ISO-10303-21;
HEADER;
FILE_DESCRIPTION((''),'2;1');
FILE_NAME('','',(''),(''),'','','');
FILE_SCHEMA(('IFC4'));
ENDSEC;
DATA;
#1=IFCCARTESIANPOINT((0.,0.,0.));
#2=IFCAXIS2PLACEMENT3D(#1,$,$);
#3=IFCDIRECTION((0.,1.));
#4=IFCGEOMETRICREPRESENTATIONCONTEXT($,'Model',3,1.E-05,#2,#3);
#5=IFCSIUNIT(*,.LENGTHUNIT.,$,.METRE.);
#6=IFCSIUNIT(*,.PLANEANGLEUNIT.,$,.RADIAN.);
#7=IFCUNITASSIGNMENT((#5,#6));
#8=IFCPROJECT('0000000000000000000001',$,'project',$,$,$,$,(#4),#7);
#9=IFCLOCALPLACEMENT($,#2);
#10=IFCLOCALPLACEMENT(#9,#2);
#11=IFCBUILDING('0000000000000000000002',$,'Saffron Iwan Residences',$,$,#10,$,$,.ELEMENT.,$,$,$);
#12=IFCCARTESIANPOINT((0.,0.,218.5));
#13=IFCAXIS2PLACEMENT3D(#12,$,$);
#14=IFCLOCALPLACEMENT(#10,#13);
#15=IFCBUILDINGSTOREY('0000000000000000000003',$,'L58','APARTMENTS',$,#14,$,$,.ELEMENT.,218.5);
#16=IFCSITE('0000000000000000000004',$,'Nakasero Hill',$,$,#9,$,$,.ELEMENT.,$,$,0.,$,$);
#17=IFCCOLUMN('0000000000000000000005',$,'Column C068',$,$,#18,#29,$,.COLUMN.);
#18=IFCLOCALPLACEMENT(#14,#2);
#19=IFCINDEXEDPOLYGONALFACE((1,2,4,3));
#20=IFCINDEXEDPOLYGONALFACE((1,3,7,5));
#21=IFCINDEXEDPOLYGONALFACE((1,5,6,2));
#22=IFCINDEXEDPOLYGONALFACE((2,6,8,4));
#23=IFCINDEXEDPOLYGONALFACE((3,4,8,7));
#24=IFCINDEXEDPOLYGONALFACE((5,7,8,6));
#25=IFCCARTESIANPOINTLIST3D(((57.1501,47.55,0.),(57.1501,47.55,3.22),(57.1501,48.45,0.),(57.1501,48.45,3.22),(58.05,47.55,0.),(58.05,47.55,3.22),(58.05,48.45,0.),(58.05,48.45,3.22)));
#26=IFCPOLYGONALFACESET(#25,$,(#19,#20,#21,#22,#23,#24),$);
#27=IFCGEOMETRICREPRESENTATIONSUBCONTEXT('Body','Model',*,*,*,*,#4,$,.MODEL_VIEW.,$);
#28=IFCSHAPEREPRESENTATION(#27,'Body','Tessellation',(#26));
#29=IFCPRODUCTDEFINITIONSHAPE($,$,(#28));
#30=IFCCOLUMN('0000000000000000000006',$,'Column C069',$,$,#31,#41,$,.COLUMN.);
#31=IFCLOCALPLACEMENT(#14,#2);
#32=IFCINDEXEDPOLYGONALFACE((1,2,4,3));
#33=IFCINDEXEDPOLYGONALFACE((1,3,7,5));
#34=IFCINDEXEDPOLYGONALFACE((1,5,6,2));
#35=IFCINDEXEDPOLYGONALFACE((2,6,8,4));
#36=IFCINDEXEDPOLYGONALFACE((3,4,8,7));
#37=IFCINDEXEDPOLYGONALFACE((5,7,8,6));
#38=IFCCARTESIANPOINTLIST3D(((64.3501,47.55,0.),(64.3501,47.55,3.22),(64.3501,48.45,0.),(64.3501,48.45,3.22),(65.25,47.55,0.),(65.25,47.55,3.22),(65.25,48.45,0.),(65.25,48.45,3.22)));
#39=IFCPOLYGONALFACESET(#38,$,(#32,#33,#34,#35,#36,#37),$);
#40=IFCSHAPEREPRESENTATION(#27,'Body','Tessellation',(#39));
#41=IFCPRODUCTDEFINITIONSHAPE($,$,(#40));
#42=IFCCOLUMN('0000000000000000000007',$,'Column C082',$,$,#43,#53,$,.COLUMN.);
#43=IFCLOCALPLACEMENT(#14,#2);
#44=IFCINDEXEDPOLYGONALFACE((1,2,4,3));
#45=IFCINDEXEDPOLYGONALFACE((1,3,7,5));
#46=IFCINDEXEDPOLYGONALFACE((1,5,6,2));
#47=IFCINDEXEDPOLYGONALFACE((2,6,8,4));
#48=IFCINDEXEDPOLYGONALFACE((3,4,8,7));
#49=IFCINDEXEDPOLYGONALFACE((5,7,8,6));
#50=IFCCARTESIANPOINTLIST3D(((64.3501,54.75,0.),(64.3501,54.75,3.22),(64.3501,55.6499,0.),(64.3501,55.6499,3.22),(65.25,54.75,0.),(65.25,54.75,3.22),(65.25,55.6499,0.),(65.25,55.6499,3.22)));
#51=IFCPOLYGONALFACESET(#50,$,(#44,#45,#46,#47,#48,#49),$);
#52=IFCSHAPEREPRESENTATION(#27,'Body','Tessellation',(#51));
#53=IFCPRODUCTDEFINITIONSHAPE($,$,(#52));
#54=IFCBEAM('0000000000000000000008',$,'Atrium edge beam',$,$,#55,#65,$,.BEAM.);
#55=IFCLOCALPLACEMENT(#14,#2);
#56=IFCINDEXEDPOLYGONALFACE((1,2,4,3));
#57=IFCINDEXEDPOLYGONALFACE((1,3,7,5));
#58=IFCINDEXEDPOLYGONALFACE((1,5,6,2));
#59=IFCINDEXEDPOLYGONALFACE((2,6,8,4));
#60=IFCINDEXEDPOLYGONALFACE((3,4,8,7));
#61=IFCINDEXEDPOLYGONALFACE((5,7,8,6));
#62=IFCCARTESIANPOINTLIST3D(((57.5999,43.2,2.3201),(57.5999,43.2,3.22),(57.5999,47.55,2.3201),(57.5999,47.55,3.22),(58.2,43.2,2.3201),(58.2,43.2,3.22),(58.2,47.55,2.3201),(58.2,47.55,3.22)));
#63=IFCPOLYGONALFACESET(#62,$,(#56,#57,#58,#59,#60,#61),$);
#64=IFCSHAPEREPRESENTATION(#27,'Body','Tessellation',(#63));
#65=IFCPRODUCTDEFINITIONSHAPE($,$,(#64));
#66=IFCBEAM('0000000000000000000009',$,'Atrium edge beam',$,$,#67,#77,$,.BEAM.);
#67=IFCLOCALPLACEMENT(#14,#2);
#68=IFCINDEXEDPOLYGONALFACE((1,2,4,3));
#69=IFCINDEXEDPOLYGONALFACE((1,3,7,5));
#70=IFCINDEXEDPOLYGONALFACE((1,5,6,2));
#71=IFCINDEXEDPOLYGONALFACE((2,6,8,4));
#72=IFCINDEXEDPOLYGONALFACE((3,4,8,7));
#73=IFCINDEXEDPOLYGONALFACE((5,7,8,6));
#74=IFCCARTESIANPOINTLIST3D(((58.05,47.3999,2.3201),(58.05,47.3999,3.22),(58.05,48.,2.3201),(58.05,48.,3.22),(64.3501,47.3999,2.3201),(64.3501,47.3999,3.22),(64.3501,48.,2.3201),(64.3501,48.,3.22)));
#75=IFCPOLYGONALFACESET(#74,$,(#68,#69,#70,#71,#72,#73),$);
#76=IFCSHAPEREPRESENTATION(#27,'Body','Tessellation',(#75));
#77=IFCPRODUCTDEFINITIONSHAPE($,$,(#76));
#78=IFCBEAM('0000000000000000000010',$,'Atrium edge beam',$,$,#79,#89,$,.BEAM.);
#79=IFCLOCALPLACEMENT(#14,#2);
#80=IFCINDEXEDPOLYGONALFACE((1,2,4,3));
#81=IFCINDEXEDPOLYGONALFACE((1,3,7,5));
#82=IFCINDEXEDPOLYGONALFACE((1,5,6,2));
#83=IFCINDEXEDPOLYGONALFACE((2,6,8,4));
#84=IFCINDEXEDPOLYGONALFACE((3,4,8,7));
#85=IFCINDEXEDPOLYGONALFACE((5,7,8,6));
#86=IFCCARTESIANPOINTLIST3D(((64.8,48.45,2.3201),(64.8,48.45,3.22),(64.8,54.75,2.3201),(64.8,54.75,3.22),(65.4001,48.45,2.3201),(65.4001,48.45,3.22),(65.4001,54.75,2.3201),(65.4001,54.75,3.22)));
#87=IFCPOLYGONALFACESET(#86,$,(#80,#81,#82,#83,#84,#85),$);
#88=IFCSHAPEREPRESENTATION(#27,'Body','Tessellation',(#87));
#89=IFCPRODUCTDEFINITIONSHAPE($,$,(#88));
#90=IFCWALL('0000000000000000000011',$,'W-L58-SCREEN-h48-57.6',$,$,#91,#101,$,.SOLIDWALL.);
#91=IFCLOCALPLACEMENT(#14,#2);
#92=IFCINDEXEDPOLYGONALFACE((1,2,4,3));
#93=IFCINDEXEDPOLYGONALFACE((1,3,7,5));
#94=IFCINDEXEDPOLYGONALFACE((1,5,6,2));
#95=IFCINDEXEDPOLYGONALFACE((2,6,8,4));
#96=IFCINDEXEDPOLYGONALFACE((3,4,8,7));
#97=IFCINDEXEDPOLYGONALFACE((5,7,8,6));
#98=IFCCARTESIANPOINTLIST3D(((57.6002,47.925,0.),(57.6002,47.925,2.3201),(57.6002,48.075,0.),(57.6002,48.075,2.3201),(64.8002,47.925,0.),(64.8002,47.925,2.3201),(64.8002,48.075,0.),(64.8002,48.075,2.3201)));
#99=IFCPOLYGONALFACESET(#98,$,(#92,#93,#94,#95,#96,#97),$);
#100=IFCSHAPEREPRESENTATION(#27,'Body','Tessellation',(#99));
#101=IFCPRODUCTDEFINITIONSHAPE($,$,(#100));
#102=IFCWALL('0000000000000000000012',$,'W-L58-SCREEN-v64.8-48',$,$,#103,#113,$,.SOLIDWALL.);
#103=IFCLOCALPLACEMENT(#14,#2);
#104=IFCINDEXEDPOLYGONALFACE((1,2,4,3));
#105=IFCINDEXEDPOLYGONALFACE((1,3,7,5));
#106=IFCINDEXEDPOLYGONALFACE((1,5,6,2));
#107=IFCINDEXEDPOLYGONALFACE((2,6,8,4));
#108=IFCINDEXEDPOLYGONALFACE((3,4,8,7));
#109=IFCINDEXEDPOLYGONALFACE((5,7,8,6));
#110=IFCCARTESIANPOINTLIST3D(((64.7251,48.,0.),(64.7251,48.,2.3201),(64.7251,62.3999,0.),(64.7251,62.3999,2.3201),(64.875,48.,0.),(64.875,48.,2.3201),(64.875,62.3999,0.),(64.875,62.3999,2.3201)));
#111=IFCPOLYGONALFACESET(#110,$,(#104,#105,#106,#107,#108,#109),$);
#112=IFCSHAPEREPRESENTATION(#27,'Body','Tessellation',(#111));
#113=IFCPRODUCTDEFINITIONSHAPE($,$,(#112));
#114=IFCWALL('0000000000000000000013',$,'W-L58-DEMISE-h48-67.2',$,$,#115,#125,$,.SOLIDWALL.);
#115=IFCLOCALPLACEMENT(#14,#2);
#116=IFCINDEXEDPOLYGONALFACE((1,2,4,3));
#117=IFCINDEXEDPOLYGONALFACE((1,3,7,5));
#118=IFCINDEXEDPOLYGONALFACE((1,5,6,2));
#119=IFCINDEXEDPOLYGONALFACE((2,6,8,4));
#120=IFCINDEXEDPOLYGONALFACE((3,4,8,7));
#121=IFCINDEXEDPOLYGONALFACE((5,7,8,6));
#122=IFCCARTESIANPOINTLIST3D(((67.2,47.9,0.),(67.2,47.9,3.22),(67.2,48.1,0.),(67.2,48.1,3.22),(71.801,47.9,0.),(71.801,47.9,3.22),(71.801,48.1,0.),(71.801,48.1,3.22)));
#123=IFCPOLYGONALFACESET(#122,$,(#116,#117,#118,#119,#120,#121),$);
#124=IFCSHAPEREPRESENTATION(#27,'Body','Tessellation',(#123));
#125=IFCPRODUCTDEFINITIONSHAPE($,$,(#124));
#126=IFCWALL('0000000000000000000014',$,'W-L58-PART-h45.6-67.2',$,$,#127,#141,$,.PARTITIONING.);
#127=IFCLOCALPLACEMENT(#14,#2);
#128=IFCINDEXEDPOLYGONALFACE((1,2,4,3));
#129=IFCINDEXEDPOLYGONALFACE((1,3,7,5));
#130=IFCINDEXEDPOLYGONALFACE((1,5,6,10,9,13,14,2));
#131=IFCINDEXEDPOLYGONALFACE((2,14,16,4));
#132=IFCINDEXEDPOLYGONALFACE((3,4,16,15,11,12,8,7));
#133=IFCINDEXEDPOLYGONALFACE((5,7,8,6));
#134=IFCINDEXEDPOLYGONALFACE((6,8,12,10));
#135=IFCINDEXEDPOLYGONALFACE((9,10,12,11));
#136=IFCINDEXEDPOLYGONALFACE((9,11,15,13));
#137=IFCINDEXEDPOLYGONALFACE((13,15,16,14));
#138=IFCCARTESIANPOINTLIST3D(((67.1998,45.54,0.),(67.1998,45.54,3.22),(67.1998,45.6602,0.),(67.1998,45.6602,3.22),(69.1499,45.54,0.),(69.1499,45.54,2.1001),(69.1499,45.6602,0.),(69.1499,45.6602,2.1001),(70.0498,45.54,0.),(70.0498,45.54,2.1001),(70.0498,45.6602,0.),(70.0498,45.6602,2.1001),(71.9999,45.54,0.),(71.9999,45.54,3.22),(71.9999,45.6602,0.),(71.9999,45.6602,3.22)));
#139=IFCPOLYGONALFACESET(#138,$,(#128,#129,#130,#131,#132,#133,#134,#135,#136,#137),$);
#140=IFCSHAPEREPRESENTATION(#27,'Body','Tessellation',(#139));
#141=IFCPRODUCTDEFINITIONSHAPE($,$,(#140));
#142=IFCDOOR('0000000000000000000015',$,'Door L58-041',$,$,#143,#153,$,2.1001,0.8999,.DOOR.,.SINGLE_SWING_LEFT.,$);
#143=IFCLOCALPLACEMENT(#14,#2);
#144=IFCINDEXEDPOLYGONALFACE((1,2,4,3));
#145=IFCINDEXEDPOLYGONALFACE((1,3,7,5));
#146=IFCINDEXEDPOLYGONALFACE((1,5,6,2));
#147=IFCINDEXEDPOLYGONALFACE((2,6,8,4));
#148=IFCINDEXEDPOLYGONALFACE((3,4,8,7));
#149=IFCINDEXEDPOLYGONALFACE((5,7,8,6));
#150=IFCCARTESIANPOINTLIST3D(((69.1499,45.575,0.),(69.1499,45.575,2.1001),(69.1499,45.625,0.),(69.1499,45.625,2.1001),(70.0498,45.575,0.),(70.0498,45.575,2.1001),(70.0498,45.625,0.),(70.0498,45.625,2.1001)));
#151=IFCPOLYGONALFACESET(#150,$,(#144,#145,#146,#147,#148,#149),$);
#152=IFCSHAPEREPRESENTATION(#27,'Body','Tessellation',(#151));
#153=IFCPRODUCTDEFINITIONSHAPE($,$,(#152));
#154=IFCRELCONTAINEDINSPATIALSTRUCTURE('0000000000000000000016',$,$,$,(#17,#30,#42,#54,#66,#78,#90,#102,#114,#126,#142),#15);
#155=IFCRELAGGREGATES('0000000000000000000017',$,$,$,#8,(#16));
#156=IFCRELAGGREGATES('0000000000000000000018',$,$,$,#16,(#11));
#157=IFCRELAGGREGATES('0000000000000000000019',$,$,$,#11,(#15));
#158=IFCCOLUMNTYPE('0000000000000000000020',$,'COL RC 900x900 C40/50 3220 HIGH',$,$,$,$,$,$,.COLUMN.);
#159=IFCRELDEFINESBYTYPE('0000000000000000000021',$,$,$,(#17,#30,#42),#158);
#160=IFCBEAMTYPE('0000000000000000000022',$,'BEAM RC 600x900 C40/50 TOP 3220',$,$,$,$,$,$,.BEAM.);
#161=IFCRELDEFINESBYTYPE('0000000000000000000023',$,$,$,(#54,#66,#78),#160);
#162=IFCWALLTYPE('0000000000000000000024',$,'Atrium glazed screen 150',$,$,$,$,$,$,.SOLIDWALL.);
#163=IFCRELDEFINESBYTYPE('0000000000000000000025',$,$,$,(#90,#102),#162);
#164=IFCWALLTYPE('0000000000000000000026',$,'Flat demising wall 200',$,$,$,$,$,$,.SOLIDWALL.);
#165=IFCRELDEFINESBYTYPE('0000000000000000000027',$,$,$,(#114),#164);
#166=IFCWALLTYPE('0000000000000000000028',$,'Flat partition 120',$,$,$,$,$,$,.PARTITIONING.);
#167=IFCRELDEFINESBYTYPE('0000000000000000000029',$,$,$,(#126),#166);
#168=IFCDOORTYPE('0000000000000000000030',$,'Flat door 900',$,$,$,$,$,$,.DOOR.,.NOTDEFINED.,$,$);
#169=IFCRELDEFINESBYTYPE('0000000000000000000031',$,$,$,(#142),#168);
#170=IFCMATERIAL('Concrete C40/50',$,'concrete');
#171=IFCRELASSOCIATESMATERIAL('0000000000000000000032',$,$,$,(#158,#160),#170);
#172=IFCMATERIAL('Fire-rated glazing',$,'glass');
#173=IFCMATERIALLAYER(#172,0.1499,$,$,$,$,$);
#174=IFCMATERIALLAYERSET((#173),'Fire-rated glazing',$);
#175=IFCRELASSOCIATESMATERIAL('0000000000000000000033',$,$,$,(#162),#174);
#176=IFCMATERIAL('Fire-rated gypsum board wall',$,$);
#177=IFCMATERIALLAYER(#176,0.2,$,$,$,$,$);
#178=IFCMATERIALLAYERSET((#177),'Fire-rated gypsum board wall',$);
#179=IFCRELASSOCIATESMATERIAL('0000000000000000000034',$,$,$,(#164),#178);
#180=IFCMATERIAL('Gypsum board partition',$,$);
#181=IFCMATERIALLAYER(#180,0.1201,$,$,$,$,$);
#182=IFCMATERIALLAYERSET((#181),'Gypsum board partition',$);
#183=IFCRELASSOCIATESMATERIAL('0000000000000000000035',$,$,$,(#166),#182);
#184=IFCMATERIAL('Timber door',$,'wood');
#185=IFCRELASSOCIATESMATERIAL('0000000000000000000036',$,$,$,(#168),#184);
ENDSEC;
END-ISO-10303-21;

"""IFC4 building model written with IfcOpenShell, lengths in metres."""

from ifc_helpers import new_model, si_unit, direction, frame, frame_2d, origin, origin_2d, place, context, subcontext, project, spatial, rectangle, extrude, source, transform, mapped, material, layer, layer_set, material_profile, profile_set, type_object, element, fill, save


model = new_model("IFC4")

# Units and contexts
model_context = context("Model", 3, precision=1e-05, world=origin(), true_north=direction((0.0, 1.0)))
body_context = subcontext(model_context, "Body", "Model", "MODEL_VIEW")
ifc_project = project(units=[si_unit("LENGTHUNIT", "METRE"), si_unit("PLANEANGLEUNIT", "RADIAN")], contexts=[model_context])

# Site, building, storey
site_placement = place(None, origin())
site = spatial("IfcSite", under=ifc_project, at=site_placement, Name="Nakasero Hill", CompositionType="ELEMENT", RefElevation=0.0)
building_placement = place(site_placement, origin())
building = spatial("IfcBuilding", under=site, at=building_placement, Name="Saffron Iwan Residences", CompositionType="ELEMENT")
storey_placement = place(building_placement, frame((0.0, 0.0, 218.5)))
storey = spatial("IfcBuildingStorey", under=building, at=storey_placement, Name="L58", Description="APARTMENTS", CompositionType="ELEMENT", Elevation=218.5)

# Columns
ifc_material_1 = material(Name="Concrete C40/50", Category="concrete")
ifc_material_profile_1 = material_profile(ifc_material_1, rectangle(XDim=0.8999, YDim=0.8999, at=origin_2d()), Name="RC 900x900")
ifc_profile_set_1 = profile_set([ifc_material_profile_1], Name="Concrete C40/50")
column_type = type_object("IfcColumnType", Name="COL RC 900x900 C40/50 3220 HIGH", PredefinedType="COLUMN", material=ifc_profile_set_1)
shared_shape_1 = source(origin(), body_context, "Body", "SweptSolid", [
    extrude(rectangle(XDim=0.8999, YDim=0.8999, at=origin_2d()), origin(), (0.0, 0.0, 1.0), 3.22),
])
for number, where, z_axis, x_axis, name in (
    (1, (57.6001, 48.0, 0.0), (0.0, 0.0, 1.0), (1.0, 0.0, 0.0), "Column C068"),
    (2, (64.8, 48.0, 0.0), (0.0, 0.0, 1.0), (1.0, 0.0, 0.0), "Column C069"),
    (3, (64.8, 55.2, 0.0), (0.0, 0.0, 1.0), (1.0, 0.0, 0.0), "Column C082"),
):
    element("IfcColumn", number, at=place(storey_placement, frame(where, z_axis=z_axis, x_axis=x_axis)), inside=storey, type_object=column_type, Name=name, PredefinedType="COLUMN", context=body_context, shape_type="MappedRepresentation", body=[
        mapped(shared_shape_1, transform((0.0, 0.0, 0.0))),
    ])

# Beams
ifc_material_profile_2 = material_profile(ifc_material_1, rectangle(XDim=0.6001, YDim=0.8999, at=origin_2d()), Name="RC 600x900")
ifc_profile_set_2 = profile_set([ifc_material_profile_2], Name="Concrete C40/50")
beam_type = type_object("IfcBeamType", Name="BEAM RC 600x900 C40/50 TOP 3220", PredefinedType="BEAM", material=ifc_profile_set_2)
shared_shape_2 = source(origin(), body_context, "Body", "SweptSolid", [
    extrude(rectangle(XDim=0.6001, YDim=0.8999, at=origin_2d()), origin(), (0.0, 0.0, 1.0), 4.3501),
])
beam_placement = place(storey_placement, frame((57.8999, 47.55, 2.77), z_axis=(0.0, -1.0, 0.0), x_axis=(1.0, 0.0, 0.0)))
element("IfcBeam", 4, at=beam_placement, inside=storey, type_object=beam_type, Name="Atrium edge beam", PredefinedType="BEAM", context=body_context, shape_type="MappedRepresentation", body=[
    mapped(shared_shape_2, transform((0.0, 0.0, 0.0))),
])
shared_shape_3 = source(origin(), body_context, "Body", "SweptSolid", [
    extrude(rectangle(XDim=0.6001, YDim=0.8999, at=origin_2d()), origin(), (0.0, 0.0, 1.0), 6.3),
])
for number, where, z_axis, x_axis, name in (
    (5, (64.3501, 47.7, 2.77), (-1.0, 0.0, 0.0), (0.0, -1.0, 0.0), "Atrium edge beam"),
    (6, (65.1001, 54.75, 2.77), (0.0, -1.0, 0.0), (1.0, 0.0, 0.0), "Atrium edge beam"),
):
    element("IfcBeam", number, at=place(storey_placement, frame(where, z_axis=z_axis, x_axis=x_axis)), inside=storey, type_object=beam_type, Name=name, PredefinedType="BEAM", context=body_context, shape_type="MappedRepresentation", body=[
        mapped(shared_shape_3, transform((0.0, 0.0, 0.0))),
    ])

# Walls
ifc_material_2 = material(Name="Fire-rated glazing", Category="glass")
ifc_layer_1 = layer(ifc_material_2, 0.1499)
ifc_layer_set_1 = layer_set([ifc_layer_1], Name="Fire-rated glazing")
wall_type_1 = type_object("IfcWallType", Name="Atrium glazed screen 150", PredefinedType="SOLIDWALL", material=ifc_layer_set_1)
wall_1_placement = place(storey_placement, frame((57.6001, 48.0, 0.0), z_axis=(0.0, 0.0, 1.0), x_axis=(1.0, 0.0, 0.0)))
element("IfcWall", 7, at=wall_1_placement, inside=storey, type_object=wall_type_1, Name="W-L58-SCREEN-h48-57.6", PredefinedType="SOLIDWALL", context=body_context, shape_type="SweptSolid", body=[
    extrude(rectangle(XDim=7.2, YDim=0.1499, at=frame_2d((3.6001, 0.0))), origin(), (0.0, 0.0, 1.0), 2.3201),
])
wall_2_placement = place(storey_placement, frame((64.8, 48.0, 0.0), z_axis=(0.0, 0.0, 1.0), x_axis=(0.0, 1.0, 0.0)))
element("IfcWall", 8, at=wall_2_placement, inside=storey, type_object=wall_type_1, Name="W-L58-SCREEN-v64.8-48", PredefinedType="SOLIDWALL", context=body_context, shape_type="SweptSolid", body=[
    extrude(rectangle(XDim=14.3999, YDim=0.1499, at=frame_2d((7.2, 0.0))), origin(), (0.0, 0.0, 1.0), 2.3201),
])
ifc_material_3 = material(Name="Fire-rated gypsum board wall")
ifc_layer_2 = layer(ifc_material_3, 0.2)
ifc_layer_set_2 = layer_set([ifc_layer_2], Name="Fire-rated gypsum board wall")
wall_type_2 = type_object("IfcWallType", Name="Flat demising wall 200", PredefinedType="SOLIDWALL", material=ifc_layer_set_2)
wall_3_placement = place(storey_placement, frame((67.2, 48.0, 0.0), z_axis=(0.0, 0.0, 1.0), x_axis=(1.0, 0.0, 0.0)))
element("IfcWall", 9, at=wall_3_placement, inside=storey, type_object=wall_type_2, Name="W-L58-DEMISE-h48-67.2", PredefinedType="SOLIDWALL", context=body_context, shape_type="SweptSolid", body=[
    extrude(rectangle(XDim=4.6011, YDim=0.2, at=frame_2d((2.3005, 0.0))), origin(), (0.0, 0.0, 1.0), 3.22),
])

# Wall, opening, door
ifc_material_4 = material(Name="Gypsum board partition")
ifc_layer_3 = layer(ifc_material_4, 0.1201)
ifc_layer_set_3 = layer_set([ifc_layer_3], Name="Gypsum board partition")
wall_type_3 = type_object("IfcWallType", Name="Flat partition 120", PredefinedType="PARTITIONING", material=ifc_layer_set_3)
wall_4_placement = place(storey_placement, frame((67.2, 45.6001, 0.0), z_axis=(0.0, 0.0, 1.0), x_axis=(1.0, 0.0, 0.0)))
wall_4 = element("IfcWall", 10, at=wall_4_placement, inside=storey, type_object=wall_type_3, Name="W-L58-PART-h45.6-67.2", PredefinedType="PARTITIONING", context=body_context, shape_type="SweptSolid", body=[
    extrude(rectangle(XDim=4.8, YDim=0.1201, at=frame_2d((2.3999, 0.0))), origin(), (0.0, 0.0, 1.0), 3.22),
])
opening_1_placement = place(wall_4_placement, frame((1.95, 0.0, 0.0)))
opening_1 = element("IfcOpeningElement", 11, at=opening_1_placement, cuts=wall_4, PredefinedType="OPENING", context=body_context, shape_type="SweptSolid", body=[
    extrude(rectangle(XDim=0.8999, YDim=2.1001, at=frame_2d((0.45, 1.05))), frame((0.0, 0.0701, 0.0), z_axis=(0.0, -1.0, 0.0), x_axis=(1.0, 0.0, 0.0)), (0.0, 0.0, 1.0), 0.1401),
])
ifc_material_5 = material(Name="Timber door", Category="wood")
door_type_1 = type_object("IfcDoorType", Name="Flat door 900", OperationType="NOTDEFINED", PredefinedType="DOOR", material=ifc_material_5)
door_1_placement = place(opening_1_placement, origin())
door_1 = element("IfcDoor", 12, at=door_1_placement, inside=storey, type_object=door_type_1, Name="Door L58-041", OperationType="SINGLE_SWING_LEFT", OverallHeight=2.1001, OverallWidth=0.8999, PredefinedType="DOOR", context=body_context, shape_type="SweptSolid", body=[
    extrude(rectangle(XDim=0.8999, YDim=2.1001, at=frame_2d((0.45, 1.05))), frame((0.0, 0.0249, 0.0), z_axis=(0.0, -1.0, 0.0), x_axis=(1.0, 0.0, 0.0)), (0.0, 0.0, 1.0), 0.05),
])
fill(opening_1, door_1)

save(model, "model.ifc")
